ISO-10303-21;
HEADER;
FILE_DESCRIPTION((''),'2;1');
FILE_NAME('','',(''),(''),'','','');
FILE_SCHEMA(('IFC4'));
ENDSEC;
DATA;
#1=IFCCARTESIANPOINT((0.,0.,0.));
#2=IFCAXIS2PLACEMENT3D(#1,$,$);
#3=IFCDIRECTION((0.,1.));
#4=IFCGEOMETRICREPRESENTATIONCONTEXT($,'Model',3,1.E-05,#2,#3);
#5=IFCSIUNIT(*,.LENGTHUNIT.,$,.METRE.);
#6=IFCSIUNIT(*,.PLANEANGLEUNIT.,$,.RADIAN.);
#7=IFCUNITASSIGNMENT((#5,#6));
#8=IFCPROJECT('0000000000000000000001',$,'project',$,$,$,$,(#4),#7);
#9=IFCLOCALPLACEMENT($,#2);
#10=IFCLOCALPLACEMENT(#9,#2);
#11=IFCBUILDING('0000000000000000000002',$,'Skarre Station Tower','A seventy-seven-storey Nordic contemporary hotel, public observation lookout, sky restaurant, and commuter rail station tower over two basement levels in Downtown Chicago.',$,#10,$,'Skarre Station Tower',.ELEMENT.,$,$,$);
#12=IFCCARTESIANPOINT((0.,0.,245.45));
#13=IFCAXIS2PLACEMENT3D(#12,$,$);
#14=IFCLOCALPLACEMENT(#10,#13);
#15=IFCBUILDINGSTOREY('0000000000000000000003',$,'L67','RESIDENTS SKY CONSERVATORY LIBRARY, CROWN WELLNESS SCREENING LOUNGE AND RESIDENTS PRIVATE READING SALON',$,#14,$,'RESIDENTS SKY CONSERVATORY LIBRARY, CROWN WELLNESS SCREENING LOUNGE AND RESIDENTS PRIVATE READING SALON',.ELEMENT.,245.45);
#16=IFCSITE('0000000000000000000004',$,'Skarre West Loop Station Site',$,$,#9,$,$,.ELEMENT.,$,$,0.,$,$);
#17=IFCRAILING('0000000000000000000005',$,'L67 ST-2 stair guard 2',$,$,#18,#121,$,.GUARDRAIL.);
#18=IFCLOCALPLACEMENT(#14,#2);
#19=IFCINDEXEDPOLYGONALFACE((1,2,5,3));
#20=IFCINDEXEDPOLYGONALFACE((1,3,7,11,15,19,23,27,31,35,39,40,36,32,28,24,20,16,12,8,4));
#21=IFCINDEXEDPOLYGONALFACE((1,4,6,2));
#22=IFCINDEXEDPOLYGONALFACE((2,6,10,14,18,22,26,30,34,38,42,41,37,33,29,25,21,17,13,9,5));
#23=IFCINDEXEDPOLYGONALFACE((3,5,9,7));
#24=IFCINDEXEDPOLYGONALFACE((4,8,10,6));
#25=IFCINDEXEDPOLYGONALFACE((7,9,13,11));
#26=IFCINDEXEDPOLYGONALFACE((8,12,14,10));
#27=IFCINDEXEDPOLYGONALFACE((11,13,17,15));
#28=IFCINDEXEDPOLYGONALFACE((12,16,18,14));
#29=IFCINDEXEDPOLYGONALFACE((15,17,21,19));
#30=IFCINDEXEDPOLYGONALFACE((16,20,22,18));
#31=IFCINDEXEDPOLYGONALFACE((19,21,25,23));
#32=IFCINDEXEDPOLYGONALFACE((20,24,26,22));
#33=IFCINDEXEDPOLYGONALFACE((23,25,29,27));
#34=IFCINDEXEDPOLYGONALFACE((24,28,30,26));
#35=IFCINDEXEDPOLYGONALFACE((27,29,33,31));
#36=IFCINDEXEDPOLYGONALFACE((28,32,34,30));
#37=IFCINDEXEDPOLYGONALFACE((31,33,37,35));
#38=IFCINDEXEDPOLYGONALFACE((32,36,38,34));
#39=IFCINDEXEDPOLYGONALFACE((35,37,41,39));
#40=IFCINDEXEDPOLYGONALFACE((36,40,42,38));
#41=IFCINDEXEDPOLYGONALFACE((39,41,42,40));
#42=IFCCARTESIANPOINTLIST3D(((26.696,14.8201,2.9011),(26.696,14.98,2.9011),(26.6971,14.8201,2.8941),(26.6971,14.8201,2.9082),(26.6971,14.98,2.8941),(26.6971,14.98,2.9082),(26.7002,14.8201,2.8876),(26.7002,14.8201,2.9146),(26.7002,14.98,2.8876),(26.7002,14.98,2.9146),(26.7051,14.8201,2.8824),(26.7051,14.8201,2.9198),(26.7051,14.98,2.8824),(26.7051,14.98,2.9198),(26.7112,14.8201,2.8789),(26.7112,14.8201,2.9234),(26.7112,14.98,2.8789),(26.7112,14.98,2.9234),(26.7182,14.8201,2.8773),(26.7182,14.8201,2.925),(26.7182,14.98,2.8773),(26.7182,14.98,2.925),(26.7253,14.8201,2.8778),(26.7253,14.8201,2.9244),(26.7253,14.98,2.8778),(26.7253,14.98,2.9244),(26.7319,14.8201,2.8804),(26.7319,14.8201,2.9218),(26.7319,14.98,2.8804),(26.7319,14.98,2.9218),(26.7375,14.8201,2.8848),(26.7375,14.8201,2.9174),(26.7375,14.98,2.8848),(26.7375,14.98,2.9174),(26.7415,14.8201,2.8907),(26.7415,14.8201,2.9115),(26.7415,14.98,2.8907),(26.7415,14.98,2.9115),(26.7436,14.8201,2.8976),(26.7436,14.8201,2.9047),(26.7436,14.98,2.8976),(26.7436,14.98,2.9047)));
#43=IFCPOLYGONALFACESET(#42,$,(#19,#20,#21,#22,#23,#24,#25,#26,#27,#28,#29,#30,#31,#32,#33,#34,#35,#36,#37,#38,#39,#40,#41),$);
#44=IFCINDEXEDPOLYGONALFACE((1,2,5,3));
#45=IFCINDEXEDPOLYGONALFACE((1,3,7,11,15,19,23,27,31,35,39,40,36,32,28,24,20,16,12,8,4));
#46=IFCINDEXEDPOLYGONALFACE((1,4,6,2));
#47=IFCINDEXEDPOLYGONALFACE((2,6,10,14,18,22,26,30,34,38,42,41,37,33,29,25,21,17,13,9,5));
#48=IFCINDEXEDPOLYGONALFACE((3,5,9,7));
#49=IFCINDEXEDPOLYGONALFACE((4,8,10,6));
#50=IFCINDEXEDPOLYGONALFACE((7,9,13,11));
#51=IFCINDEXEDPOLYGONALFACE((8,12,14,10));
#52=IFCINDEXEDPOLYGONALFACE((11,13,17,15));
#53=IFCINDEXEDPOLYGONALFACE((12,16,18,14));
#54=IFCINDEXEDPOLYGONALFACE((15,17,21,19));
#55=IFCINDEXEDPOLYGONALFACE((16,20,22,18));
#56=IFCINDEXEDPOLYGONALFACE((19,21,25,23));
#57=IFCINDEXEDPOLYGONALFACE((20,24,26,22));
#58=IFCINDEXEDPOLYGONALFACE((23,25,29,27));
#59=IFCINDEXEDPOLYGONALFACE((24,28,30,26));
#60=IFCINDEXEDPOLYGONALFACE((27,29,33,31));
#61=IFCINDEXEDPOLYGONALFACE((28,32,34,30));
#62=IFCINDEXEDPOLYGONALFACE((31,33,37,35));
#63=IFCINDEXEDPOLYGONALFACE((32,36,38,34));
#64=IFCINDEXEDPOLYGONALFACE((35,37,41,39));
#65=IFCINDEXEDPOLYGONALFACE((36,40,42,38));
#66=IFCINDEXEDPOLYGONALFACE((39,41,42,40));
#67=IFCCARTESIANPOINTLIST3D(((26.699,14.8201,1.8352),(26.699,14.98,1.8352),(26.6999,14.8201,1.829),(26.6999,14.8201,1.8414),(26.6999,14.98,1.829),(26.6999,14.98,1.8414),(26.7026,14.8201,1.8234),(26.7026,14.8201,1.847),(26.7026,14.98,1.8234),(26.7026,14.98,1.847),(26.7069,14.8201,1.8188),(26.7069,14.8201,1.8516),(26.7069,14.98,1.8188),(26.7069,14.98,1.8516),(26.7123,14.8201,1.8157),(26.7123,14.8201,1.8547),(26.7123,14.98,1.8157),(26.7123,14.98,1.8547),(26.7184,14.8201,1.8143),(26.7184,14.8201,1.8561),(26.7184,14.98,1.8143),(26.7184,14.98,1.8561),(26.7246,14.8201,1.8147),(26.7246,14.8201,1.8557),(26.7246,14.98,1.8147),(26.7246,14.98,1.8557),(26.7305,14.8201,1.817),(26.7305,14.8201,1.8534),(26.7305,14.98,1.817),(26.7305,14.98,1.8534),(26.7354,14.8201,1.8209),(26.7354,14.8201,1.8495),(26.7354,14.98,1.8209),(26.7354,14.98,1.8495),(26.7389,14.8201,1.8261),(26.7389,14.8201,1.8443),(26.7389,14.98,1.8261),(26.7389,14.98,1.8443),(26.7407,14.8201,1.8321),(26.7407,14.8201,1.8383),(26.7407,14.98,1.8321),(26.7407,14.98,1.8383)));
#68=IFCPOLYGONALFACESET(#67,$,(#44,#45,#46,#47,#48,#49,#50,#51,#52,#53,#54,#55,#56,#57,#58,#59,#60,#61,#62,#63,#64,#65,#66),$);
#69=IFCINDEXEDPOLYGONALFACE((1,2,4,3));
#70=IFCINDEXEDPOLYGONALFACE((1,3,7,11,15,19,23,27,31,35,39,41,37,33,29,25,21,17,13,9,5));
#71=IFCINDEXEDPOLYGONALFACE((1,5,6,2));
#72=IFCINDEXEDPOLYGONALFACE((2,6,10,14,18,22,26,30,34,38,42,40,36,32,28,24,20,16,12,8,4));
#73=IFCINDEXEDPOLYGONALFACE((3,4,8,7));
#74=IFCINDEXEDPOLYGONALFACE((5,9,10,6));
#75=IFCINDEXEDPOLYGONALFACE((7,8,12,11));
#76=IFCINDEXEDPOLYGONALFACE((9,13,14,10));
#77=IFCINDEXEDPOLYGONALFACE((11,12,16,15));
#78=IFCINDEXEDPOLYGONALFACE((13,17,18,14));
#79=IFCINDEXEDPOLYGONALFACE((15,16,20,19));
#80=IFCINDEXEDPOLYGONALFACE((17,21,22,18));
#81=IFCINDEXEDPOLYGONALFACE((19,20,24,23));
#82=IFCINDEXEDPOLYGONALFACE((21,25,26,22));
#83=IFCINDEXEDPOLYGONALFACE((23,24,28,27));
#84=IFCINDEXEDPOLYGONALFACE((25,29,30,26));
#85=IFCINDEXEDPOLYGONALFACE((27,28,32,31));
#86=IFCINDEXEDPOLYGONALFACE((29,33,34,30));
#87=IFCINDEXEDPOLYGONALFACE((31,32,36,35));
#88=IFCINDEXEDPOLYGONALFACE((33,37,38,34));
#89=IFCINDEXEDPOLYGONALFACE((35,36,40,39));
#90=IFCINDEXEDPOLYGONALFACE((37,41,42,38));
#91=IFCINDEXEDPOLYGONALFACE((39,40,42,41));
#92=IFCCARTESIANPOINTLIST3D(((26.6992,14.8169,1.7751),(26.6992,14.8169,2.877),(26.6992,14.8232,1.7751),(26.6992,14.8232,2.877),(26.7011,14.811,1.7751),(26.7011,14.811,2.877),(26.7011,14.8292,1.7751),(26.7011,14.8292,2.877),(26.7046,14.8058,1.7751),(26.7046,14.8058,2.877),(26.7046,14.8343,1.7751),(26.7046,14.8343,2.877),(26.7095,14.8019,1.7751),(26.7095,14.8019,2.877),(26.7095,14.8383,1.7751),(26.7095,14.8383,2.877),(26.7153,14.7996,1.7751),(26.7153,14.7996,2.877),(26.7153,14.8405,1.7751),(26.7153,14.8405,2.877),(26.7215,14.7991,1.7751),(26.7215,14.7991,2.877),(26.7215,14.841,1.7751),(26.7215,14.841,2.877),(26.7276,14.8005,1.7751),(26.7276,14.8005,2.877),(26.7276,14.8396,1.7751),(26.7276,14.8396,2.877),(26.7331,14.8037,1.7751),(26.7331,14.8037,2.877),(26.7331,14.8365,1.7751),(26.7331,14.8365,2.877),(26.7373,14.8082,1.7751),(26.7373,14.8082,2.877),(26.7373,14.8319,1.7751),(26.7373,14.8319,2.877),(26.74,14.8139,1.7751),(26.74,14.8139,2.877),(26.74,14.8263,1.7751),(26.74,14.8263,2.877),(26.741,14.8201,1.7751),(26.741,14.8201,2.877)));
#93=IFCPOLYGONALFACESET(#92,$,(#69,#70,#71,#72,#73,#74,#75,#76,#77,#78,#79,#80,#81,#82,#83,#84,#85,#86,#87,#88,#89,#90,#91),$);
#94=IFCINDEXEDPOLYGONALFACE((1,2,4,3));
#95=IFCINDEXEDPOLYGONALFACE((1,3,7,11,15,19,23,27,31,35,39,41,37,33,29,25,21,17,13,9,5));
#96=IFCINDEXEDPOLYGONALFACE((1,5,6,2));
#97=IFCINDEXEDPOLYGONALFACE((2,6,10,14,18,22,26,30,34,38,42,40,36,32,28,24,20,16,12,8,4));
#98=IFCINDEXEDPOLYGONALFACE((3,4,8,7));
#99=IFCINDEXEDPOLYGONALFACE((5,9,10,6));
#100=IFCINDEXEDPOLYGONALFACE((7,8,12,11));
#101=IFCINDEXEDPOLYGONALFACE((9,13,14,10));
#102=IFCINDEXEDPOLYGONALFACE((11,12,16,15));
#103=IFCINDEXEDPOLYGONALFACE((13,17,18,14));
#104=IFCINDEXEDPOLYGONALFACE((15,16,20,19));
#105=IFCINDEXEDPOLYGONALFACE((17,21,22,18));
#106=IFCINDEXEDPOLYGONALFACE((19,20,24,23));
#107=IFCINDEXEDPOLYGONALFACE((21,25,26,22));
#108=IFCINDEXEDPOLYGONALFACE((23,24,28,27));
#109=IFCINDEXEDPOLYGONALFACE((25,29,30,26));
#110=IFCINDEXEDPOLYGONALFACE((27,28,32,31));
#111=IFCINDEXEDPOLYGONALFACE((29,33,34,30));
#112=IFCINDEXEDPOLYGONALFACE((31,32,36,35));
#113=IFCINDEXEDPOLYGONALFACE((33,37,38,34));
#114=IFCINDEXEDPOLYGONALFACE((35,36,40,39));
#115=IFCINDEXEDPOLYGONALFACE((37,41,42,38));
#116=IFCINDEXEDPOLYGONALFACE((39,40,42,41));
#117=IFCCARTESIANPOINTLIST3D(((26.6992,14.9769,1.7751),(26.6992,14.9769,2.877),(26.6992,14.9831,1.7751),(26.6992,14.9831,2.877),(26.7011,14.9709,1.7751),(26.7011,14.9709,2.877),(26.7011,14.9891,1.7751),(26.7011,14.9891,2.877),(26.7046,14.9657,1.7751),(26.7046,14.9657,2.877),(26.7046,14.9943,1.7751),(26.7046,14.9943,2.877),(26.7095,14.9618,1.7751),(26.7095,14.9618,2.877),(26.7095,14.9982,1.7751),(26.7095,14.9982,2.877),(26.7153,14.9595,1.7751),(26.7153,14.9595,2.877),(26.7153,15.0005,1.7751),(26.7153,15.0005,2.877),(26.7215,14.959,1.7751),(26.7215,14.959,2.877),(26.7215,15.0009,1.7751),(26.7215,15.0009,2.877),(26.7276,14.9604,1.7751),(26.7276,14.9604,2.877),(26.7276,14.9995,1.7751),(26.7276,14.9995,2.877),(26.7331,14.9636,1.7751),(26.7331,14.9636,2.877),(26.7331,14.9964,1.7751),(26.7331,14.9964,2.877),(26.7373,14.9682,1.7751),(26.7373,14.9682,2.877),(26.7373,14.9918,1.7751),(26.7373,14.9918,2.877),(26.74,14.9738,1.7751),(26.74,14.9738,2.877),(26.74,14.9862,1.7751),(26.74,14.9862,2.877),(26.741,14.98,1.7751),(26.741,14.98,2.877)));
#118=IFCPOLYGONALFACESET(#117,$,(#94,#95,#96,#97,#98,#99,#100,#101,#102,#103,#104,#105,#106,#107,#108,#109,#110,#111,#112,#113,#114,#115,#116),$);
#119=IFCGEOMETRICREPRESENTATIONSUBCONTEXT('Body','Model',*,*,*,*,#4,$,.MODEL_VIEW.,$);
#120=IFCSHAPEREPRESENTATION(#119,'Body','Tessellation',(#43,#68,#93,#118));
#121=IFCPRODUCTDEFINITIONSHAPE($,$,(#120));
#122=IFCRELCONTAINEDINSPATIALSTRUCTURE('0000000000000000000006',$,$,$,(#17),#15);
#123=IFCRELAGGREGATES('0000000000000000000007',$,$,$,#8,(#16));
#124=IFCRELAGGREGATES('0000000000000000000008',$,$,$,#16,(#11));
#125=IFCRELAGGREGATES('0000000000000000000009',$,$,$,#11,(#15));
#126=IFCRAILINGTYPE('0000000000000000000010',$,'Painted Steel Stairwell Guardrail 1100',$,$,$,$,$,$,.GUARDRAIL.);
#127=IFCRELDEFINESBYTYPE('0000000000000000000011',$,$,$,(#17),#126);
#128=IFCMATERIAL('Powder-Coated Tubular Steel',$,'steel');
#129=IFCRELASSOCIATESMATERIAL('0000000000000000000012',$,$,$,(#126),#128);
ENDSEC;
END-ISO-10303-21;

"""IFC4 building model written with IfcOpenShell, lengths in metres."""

from ifc_helpers import new_model, si_unit, direction, frame, origin, origin_2d, place, context, subcontext, project, spatial, circle, extrude, material, type_object, element, save


model = new_model("IFC4")

# Units and contexts
model_context = context("Model", 3, precision=1e-05, world=origin(), true_north=direction((0.0, 1.0)))
body_context = subcontext(model_context, "Body", "Model", "MODEL_VIEW")
ifc_project = project(units=[si_unit("LENGTHUNIT", "METRE"), si_unit("PLANEANGLEUNIT", "RADIAN")], contexts=[model_context])

# Site, building, storey
site_placement = place(None, origin())
site = spatial("IfcSite", under=ifc_project, at=site_placement, Name="Skarre West Loop Station Site", CompositionType="ELEMENT", RefElevation=0.0)
building_placement = place(site_placement, origin())
building = spatial("IfcBuilding", under=site, at=building_placement, Name="Skarre Station Tower", Description="A seventy-seven-storey Nordic contemporary hotel, public observation lookout, sky restaurant, and commuter rail station tower over two basement levels in Downtown Chicago.", LongName="Skarre Station Tower", CompositionType="ELEMENT")
storey_placement = place(building_placement, frame((0.0, 0.0, 245.45)))
storey = spatial("IfcBuildingStorey", under=building, at=storey_placement, Name="L67", Description="RESIDENTS SKY CONSERVATORY LIBRARY, CROWN WELLNESS SCREENING LOUNGE AND RESIDENTS PRIVATE READING SALON", LongName="RESIDENTS SKY CONSERVATORY LIBRARY, CROWN WELLNESS SCREENING LOUNGE AND RESIDENTS PRIVATE READING SALON", CompositionType="ELEMENT", Elevation=245.45)

# Railing
ifc_material_1 = material(Name="Powder-Coated Tubular Steel", Category="steel")
railing_type_1 = type_object("IfcRailingType", Name="Painted Steel Stairwell Guardrail 1100", PredefinedType="GUARDRAIL", material=ifc_material_1)
railing_1_placement = place(storey_placement, frame((26.72, 14.8201, 1.7751)))
element("IfcRailing", 1, at=railing_1_placement, inside=storey, type_object=railing_type_1, Name="L67 ST-2 stair guard 2", PredefinedType="GUARDRAIL", context=body_context, shape_type="SweptSolid", body=[
    extrude(circle(Radius=0.0239, at=origin_2d()), frame((0.0, 0.0, 1.126), z_axis=(0.0, 1.0, 0.0), x_axis=(-1.0, 0.0, 0.0)), (0.0, 0.0, 1.0), 0.1599),
    extrude(circle(Radius=0.021, at=origin_2d()), frame((0.0, 0.0, 0.0601), z_axis=(0.0, 1.0, 0.0), x_axis=(-1.0, 0.0, 0.0)), (0.0, 0.0, 1.0), 0.1599),
    extrude(circle(Radius=0.021, at=origin_2d()), origin(), (0.0, 0.0, 1.0), 1.1018),
    extrude(circle(Radius=0.021, at=origin_2d()), frame((0.0, 0.1599, 0.0)), (0.0, 0.0, 1.0), 1.1018),
])

save(model, "model.ifc")
